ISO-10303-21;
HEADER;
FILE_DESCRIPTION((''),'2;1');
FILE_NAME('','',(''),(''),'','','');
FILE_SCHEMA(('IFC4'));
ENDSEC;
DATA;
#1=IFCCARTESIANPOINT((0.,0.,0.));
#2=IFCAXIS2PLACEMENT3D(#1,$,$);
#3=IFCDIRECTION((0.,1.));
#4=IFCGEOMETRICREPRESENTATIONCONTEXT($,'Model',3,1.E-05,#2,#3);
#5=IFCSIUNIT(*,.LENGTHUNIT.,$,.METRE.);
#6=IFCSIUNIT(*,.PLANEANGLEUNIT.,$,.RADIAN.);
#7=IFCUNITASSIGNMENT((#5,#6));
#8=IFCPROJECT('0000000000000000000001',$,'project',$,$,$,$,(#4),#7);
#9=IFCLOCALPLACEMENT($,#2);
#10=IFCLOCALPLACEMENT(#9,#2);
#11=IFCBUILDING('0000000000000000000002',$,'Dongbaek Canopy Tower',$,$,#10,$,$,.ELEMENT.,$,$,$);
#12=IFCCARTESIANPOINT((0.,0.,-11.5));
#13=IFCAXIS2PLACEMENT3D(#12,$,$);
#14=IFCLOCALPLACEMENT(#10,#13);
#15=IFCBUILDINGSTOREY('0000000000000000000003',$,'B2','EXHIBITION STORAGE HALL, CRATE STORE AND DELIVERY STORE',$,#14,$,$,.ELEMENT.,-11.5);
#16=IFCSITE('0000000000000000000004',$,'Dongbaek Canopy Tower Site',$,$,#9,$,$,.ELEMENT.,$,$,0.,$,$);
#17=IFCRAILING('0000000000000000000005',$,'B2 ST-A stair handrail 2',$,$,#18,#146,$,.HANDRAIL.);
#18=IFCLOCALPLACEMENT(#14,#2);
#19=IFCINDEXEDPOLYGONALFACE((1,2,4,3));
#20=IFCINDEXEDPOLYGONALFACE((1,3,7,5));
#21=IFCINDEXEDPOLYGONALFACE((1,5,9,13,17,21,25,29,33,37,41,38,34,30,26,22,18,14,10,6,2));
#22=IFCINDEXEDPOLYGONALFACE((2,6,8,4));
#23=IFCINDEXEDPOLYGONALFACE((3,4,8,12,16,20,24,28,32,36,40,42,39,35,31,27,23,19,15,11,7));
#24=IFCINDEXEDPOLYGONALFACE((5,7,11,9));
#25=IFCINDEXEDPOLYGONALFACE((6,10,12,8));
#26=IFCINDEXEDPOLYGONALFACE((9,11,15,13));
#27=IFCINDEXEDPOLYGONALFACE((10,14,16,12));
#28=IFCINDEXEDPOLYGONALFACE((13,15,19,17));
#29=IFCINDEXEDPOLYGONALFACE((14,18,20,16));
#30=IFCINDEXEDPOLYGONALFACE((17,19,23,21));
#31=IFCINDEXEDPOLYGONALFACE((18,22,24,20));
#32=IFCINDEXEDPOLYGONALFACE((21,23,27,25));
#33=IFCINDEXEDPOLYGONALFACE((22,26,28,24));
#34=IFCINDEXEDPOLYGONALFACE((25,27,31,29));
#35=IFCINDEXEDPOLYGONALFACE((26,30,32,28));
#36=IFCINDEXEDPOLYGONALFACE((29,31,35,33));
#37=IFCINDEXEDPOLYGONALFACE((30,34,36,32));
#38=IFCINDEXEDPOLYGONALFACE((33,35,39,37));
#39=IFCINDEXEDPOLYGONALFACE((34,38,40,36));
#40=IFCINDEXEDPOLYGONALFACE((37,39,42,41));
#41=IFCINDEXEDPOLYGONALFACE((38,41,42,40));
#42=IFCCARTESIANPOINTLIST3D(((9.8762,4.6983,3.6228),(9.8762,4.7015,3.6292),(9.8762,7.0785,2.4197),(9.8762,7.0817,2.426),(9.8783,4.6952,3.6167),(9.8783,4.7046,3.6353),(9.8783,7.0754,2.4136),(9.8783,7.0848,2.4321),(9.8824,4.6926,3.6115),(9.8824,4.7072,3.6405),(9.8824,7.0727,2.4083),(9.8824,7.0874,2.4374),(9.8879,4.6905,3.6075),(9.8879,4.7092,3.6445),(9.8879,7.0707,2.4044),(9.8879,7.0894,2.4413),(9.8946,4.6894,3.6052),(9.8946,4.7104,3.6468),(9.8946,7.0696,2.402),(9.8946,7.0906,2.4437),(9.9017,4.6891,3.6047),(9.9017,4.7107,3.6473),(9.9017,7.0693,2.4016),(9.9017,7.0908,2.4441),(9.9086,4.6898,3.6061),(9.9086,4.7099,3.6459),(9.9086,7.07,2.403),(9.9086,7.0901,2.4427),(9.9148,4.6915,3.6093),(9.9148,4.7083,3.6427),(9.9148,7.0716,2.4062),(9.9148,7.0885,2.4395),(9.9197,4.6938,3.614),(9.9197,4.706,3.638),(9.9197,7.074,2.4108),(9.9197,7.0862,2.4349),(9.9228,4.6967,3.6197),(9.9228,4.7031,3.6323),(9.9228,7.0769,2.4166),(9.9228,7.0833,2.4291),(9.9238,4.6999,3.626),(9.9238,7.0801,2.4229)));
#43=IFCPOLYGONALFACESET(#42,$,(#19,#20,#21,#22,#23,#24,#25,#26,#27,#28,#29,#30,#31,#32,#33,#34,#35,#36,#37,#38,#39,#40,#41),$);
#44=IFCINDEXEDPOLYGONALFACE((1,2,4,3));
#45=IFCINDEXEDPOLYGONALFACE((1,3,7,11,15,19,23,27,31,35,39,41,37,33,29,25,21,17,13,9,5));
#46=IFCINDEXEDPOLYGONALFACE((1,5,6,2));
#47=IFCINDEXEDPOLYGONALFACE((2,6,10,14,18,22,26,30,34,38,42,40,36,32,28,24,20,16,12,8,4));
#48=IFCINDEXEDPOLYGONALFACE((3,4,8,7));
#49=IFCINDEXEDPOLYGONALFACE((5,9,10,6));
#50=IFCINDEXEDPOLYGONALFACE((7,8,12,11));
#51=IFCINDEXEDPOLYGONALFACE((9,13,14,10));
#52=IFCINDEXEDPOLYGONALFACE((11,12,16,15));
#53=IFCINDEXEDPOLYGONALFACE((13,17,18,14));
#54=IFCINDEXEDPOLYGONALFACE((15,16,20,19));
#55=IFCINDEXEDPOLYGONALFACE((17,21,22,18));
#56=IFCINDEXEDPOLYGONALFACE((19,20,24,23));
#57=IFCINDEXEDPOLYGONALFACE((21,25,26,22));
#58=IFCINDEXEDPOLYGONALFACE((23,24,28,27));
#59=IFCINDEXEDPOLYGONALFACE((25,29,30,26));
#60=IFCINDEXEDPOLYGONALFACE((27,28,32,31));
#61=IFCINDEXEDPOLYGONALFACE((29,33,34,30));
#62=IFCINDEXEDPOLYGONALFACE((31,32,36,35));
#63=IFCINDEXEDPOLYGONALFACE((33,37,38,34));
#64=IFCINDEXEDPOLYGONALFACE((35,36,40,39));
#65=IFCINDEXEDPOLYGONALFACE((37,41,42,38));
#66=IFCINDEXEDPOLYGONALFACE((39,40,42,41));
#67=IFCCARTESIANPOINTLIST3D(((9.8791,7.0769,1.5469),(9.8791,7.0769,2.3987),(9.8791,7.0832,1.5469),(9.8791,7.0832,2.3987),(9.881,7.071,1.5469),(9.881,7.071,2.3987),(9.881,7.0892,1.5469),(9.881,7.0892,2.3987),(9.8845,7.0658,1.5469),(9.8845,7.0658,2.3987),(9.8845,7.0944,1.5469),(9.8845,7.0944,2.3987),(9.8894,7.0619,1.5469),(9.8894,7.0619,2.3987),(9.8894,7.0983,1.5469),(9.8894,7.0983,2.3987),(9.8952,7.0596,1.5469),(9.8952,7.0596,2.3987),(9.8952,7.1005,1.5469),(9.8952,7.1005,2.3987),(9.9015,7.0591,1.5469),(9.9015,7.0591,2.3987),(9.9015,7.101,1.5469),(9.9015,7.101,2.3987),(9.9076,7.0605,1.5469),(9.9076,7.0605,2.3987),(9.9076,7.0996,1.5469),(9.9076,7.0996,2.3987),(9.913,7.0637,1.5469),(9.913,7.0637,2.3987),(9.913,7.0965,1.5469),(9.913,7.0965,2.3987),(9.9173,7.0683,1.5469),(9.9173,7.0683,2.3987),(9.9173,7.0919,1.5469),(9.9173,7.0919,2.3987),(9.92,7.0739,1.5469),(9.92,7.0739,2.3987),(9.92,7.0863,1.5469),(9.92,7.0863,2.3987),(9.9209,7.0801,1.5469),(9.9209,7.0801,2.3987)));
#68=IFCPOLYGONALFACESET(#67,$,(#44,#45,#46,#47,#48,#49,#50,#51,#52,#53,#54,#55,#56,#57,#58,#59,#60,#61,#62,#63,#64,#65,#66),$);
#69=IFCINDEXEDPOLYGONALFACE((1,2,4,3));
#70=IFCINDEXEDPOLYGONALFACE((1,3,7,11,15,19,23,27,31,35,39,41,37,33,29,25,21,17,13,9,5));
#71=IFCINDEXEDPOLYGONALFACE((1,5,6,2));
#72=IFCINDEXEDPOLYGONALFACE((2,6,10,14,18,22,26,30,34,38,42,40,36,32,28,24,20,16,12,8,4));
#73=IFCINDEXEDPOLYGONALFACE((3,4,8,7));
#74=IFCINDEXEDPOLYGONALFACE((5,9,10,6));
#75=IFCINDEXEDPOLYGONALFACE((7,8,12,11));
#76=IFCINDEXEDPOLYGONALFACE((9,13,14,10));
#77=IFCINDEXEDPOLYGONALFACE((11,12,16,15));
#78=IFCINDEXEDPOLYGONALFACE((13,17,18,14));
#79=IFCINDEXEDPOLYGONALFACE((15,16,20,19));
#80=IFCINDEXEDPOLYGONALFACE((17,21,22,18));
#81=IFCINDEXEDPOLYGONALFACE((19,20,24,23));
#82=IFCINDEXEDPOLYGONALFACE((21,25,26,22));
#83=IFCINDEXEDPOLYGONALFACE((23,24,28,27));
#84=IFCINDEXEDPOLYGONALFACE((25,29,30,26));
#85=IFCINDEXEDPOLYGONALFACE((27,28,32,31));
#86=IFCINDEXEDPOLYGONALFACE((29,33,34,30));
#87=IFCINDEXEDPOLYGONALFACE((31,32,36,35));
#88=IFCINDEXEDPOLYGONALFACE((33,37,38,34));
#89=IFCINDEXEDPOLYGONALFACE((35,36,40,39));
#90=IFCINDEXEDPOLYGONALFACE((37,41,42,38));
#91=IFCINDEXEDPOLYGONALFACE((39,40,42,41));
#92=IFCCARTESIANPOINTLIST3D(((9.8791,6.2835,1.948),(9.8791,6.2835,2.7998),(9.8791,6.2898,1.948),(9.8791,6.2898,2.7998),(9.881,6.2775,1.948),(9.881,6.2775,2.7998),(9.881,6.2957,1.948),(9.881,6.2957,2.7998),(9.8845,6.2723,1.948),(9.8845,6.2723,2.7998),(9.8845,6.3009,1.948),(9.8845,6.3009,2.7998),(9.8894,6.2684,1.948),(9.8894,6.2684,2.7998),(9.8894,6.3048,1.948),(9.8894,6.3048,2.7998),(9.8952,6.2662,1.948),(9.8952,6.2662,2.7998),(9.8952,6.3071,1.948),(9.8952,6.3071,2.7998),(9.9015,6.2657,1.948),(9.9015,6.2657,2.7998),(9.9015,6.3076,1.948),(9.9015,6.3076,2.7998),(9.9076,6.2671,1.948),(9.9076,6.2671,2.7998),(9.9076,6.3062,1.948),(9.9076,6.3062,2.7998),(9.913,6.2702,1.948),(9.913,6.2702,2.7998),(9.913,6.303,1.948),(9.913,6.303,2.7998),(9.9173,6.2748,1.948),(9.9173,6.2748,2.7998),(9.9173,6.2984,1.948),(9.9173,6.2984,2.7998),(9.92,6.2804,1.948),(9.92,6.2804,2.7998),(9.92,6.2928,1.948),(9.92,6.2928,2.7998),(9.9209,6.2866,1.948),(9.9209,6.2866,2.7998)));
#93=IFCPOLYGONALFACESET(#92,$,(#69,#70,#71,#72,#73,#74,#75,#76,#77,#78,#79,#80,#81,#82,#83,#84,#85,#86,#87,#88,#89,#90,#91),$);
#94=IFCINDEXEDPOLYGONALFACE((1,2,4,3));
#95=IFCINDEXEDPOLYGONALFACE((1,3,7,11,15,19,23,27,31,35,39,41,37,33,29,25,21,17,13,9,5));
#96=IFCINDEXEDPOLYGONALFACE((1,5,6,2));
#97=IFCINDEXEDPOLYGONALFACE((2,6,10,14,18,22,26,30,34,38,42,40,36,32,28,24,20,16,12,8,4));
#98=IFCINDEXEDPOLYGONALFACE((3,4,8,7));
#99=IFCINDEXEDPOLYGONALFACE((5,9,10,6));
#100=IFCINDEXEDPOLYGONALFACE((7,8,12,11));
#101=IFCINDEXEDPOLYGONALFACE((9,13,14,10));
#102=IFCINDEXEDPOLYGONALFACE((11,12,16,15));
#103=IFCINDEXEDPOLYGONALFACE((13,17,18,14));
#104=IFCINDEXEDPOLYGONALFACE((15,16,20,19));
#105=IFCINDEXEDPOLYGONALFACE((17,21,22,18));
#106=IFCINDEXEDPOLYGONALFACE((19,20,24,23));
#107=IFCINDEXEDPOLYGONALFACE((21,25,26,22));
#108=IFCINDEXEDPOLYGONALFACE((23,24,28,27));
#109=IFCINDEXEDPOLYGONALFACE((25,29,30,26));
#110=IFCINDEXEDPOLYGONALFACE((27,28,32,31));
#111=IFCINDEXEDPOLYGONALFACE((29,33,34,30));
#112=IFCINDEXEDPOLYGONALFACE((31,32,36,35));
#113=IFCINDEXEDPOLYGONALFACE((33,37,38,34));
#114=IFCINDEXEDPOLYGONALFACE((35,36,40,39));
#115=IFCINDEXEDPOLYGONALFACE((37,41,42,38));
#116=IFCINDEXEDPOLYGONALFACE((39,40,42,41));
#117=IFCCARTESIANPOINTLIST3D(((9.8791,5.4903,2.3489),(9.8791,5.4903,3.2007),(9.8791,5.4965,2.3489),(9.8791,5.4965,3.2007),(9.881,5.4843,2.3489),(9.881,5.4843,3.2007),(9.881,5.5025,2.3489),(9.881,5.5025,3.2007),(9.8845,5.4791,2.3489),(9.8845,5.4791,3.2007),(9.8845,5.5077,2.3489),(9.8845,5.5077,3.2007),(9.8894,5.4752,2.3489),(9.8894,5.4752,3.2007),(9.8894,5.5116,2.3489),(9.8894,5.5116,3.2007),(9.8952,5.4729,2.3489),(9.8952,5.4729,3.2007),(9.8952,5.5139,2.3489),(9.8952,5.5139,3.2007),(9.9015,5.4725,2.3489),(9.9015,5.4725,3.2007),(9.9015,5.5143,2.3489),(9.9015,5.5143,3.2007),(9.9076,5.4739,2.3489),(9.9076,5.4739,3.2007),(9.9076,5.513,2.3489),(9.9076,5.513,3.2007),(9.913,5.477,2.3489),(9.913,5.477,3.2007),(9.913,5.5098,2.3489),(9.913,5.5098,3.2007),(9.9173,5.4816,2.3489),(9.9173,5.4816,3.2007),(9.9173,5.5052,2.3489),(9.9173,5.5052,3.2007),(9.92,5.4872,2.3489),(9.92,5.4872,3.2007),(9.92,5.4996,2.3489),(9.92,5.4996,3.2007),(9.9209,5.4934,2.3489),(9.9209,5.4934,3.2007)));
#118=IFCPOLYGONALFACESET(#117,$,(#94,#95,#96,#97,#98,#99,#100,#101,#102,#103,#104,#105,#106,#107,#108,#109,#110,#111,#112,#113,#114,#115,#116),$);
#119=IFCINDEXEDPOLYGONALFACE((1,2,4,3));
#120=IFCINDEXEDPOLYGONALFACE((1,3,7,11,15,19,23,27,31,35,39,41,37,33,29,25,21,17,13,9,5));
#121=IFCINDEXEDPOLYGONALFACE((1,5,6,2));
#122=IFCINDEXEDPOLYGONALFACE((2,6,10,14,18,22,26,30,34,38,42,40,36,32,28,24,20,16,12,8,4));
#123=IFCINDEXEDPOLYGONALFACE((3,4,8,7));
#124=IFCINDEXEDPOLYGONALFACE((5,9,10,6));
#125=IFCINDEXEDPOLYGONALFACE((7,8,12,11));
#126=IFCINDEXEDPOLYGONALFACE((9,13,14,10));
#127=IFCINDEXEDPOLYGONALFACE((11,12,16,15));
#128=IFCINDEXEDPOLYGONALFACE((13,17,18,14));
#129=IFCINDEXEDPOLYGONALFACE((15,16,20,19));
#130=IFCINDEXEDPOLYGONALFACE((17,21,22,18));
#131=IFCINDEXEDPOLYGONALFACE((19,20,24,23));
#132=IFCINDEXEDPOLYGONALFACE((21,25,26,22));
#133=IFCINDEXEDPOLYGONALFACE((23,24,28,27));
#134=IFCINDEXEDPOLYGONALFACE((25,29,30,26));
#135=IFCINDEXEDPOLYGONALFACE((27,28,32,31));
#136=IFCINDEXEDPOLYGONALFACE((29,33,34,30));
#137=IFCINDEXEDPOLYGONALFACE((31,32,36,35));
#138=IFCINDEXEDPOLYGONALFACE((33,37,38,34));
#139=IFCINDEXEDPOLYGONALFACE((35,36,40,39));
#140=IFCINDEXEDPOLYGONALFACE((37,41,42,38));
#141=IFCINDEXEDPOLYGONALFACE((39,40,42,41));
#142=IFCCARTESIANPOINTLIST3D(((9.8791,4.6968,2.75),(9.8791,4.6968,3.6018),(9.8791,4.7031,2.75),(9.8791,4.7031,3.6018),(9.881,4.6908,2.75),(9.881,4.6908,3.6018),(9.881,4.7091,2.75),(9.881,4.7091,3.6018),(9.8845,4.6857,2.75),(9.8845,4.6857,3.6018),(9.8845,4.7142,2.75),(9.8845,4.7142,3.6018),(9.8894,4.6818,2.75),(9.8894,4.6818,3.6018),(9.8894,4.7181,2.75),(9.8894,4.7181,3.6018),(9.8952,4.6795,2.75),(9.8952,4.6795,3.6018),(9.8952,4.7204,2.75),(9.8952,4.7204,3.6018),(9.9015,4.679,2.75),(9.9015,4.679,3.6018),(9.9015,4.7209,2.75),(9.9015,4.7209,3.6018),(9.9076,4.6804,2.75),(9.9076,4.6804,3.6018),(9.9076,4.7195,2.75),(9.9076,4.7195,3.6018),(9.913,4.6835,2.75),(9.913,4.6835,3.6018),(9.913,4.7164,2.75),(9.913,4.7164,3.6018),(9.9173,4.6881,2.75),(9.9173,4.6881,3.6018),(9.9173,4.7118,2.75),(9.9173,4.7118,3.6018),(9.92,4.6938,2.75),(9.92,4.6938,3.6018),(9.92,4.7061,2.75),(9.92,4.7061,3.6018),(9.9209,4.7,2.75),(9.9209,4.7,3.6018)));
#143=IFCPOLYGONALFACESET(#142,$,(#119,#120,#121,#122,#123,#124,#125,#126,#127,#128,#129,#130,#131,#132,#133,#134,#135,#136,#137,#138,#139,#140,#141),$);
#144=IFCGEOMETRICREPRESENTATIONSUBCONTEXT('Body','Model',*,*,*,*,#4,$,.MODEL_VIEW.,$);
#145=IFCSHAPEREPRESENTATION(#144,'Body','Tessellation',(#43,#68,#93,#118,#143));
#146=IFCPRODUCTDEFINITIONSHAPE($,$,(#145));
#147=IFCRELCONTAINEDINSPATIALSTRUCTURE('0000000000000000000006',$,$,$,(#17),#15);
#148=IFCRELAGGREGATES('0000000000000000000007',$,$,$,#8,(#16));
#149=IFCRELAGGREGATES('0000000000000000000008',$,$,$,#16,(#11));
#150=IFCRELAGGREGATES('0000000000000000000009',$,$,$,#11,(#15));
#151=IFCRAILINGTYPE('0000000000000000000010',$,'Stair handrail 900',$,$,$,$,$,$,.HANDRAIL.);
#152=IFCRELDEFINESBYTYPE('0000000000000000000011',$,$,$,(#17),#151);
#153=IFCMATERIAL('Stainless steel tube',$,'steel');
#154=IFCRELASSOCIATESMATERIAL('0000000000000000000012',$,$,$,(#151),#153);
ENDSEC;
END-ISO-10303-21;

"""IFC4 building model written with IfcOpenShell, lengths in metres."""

from ifc_helpers import new_model, si_unit, direction, frame, origin, origin_2d, place, context, subcontext, project, spatial, circle, extrude, material, type_object, element, save


model = new_model("IFC4")

# Units and contexts
model_context = context("Model", 3, precision=1e-05, world=origin(), true_north=direction((0.0, 1.0)))
body_context = subcontext(model_context, "Body", "Model", "MODEL_VIEW")
ifc_project = project(units=[si_unit("LENGTHUNIT", "METRE"), si_unit("PLANEANGLEUNIT", "RADIAN")], contexts=[model_context])

# Site, building, storey
site_placement = place(None, origin())
site = spatial("IfcSite", under=ifc_project, at=site_placement, Name="Dongbaek Canopy Tower Site", CompositionType="ELEMENT", RefElevation=0.0)
building_placement = place(site_placement, origin())
building = spatial("IfcBuilding", under=site, at=building_placement, Name="Dongbaek Canopy Tower", CompositionType="ELEMENT")
storey_placement = place(building_placement, frame((0.0, 0.0, -11.5)))
storey = spatial("IfcBuildingStorey", under=building, at=storey_placement, Name="B2", Description="EXHIBITION STORAGE HALL, CRATE STORE AND DELIVERY STORE", CompositionType="ELEMENT", Elevation=-11.5)

# Railing
ifc_material_1 = material(Name="Stainless steel tube", Category="steel")
railing_type_1 = type_object("IfcRailingType", Name="Stair handrail 900", PredefinedType="HANDRAIL", material=ifc_material_1)
for number, where, name in (
    (1, (9.8999, 7.0801, 1.5469), "B2 ST-A stair handrail 2"),
):
    element("IfcRailing", number, at=place(storey_placement, frame(where)), inside=storey, type_object=railing_type_1, Name=name, PredefinedType="HANDRAIL", context=body_context, shape_type="SweptSolid", body=[
        extrude(circle(Radius=0.0239, at=origin_2d()), frame((0.0, 0.0, 0.876), z_axis=(0.0, -0.89246, 0.451127), x_axis=(1.0, 0.0, 0.0)), (0.0, 0.0, 1.0), 2.667),
        extrude(circle(Radius=0.021, at=origin_2d()), origin(), (0.0, 0.0, 1.0), 0.8518),
        extrude(circle(Radius=0.021, at=origin_2d()), frame((0.0, -0.7935, 0.4011)), (0.0, 0.0, 1.0), 0.8518),
        extrude(circle(Radius=0.021, at=origin_2d()), frame((0.0, -1.5867, 0.802)), (0.0, 0.0, 1.0), 0.8518),
        extrude(circle(Radius=0.021, at=origin_2d()), frame((0.0, -2.3801, 1.2031)), (0.0, 0.0, 1.0), 0.8518),
    ])

save(model, "model.ifc")
